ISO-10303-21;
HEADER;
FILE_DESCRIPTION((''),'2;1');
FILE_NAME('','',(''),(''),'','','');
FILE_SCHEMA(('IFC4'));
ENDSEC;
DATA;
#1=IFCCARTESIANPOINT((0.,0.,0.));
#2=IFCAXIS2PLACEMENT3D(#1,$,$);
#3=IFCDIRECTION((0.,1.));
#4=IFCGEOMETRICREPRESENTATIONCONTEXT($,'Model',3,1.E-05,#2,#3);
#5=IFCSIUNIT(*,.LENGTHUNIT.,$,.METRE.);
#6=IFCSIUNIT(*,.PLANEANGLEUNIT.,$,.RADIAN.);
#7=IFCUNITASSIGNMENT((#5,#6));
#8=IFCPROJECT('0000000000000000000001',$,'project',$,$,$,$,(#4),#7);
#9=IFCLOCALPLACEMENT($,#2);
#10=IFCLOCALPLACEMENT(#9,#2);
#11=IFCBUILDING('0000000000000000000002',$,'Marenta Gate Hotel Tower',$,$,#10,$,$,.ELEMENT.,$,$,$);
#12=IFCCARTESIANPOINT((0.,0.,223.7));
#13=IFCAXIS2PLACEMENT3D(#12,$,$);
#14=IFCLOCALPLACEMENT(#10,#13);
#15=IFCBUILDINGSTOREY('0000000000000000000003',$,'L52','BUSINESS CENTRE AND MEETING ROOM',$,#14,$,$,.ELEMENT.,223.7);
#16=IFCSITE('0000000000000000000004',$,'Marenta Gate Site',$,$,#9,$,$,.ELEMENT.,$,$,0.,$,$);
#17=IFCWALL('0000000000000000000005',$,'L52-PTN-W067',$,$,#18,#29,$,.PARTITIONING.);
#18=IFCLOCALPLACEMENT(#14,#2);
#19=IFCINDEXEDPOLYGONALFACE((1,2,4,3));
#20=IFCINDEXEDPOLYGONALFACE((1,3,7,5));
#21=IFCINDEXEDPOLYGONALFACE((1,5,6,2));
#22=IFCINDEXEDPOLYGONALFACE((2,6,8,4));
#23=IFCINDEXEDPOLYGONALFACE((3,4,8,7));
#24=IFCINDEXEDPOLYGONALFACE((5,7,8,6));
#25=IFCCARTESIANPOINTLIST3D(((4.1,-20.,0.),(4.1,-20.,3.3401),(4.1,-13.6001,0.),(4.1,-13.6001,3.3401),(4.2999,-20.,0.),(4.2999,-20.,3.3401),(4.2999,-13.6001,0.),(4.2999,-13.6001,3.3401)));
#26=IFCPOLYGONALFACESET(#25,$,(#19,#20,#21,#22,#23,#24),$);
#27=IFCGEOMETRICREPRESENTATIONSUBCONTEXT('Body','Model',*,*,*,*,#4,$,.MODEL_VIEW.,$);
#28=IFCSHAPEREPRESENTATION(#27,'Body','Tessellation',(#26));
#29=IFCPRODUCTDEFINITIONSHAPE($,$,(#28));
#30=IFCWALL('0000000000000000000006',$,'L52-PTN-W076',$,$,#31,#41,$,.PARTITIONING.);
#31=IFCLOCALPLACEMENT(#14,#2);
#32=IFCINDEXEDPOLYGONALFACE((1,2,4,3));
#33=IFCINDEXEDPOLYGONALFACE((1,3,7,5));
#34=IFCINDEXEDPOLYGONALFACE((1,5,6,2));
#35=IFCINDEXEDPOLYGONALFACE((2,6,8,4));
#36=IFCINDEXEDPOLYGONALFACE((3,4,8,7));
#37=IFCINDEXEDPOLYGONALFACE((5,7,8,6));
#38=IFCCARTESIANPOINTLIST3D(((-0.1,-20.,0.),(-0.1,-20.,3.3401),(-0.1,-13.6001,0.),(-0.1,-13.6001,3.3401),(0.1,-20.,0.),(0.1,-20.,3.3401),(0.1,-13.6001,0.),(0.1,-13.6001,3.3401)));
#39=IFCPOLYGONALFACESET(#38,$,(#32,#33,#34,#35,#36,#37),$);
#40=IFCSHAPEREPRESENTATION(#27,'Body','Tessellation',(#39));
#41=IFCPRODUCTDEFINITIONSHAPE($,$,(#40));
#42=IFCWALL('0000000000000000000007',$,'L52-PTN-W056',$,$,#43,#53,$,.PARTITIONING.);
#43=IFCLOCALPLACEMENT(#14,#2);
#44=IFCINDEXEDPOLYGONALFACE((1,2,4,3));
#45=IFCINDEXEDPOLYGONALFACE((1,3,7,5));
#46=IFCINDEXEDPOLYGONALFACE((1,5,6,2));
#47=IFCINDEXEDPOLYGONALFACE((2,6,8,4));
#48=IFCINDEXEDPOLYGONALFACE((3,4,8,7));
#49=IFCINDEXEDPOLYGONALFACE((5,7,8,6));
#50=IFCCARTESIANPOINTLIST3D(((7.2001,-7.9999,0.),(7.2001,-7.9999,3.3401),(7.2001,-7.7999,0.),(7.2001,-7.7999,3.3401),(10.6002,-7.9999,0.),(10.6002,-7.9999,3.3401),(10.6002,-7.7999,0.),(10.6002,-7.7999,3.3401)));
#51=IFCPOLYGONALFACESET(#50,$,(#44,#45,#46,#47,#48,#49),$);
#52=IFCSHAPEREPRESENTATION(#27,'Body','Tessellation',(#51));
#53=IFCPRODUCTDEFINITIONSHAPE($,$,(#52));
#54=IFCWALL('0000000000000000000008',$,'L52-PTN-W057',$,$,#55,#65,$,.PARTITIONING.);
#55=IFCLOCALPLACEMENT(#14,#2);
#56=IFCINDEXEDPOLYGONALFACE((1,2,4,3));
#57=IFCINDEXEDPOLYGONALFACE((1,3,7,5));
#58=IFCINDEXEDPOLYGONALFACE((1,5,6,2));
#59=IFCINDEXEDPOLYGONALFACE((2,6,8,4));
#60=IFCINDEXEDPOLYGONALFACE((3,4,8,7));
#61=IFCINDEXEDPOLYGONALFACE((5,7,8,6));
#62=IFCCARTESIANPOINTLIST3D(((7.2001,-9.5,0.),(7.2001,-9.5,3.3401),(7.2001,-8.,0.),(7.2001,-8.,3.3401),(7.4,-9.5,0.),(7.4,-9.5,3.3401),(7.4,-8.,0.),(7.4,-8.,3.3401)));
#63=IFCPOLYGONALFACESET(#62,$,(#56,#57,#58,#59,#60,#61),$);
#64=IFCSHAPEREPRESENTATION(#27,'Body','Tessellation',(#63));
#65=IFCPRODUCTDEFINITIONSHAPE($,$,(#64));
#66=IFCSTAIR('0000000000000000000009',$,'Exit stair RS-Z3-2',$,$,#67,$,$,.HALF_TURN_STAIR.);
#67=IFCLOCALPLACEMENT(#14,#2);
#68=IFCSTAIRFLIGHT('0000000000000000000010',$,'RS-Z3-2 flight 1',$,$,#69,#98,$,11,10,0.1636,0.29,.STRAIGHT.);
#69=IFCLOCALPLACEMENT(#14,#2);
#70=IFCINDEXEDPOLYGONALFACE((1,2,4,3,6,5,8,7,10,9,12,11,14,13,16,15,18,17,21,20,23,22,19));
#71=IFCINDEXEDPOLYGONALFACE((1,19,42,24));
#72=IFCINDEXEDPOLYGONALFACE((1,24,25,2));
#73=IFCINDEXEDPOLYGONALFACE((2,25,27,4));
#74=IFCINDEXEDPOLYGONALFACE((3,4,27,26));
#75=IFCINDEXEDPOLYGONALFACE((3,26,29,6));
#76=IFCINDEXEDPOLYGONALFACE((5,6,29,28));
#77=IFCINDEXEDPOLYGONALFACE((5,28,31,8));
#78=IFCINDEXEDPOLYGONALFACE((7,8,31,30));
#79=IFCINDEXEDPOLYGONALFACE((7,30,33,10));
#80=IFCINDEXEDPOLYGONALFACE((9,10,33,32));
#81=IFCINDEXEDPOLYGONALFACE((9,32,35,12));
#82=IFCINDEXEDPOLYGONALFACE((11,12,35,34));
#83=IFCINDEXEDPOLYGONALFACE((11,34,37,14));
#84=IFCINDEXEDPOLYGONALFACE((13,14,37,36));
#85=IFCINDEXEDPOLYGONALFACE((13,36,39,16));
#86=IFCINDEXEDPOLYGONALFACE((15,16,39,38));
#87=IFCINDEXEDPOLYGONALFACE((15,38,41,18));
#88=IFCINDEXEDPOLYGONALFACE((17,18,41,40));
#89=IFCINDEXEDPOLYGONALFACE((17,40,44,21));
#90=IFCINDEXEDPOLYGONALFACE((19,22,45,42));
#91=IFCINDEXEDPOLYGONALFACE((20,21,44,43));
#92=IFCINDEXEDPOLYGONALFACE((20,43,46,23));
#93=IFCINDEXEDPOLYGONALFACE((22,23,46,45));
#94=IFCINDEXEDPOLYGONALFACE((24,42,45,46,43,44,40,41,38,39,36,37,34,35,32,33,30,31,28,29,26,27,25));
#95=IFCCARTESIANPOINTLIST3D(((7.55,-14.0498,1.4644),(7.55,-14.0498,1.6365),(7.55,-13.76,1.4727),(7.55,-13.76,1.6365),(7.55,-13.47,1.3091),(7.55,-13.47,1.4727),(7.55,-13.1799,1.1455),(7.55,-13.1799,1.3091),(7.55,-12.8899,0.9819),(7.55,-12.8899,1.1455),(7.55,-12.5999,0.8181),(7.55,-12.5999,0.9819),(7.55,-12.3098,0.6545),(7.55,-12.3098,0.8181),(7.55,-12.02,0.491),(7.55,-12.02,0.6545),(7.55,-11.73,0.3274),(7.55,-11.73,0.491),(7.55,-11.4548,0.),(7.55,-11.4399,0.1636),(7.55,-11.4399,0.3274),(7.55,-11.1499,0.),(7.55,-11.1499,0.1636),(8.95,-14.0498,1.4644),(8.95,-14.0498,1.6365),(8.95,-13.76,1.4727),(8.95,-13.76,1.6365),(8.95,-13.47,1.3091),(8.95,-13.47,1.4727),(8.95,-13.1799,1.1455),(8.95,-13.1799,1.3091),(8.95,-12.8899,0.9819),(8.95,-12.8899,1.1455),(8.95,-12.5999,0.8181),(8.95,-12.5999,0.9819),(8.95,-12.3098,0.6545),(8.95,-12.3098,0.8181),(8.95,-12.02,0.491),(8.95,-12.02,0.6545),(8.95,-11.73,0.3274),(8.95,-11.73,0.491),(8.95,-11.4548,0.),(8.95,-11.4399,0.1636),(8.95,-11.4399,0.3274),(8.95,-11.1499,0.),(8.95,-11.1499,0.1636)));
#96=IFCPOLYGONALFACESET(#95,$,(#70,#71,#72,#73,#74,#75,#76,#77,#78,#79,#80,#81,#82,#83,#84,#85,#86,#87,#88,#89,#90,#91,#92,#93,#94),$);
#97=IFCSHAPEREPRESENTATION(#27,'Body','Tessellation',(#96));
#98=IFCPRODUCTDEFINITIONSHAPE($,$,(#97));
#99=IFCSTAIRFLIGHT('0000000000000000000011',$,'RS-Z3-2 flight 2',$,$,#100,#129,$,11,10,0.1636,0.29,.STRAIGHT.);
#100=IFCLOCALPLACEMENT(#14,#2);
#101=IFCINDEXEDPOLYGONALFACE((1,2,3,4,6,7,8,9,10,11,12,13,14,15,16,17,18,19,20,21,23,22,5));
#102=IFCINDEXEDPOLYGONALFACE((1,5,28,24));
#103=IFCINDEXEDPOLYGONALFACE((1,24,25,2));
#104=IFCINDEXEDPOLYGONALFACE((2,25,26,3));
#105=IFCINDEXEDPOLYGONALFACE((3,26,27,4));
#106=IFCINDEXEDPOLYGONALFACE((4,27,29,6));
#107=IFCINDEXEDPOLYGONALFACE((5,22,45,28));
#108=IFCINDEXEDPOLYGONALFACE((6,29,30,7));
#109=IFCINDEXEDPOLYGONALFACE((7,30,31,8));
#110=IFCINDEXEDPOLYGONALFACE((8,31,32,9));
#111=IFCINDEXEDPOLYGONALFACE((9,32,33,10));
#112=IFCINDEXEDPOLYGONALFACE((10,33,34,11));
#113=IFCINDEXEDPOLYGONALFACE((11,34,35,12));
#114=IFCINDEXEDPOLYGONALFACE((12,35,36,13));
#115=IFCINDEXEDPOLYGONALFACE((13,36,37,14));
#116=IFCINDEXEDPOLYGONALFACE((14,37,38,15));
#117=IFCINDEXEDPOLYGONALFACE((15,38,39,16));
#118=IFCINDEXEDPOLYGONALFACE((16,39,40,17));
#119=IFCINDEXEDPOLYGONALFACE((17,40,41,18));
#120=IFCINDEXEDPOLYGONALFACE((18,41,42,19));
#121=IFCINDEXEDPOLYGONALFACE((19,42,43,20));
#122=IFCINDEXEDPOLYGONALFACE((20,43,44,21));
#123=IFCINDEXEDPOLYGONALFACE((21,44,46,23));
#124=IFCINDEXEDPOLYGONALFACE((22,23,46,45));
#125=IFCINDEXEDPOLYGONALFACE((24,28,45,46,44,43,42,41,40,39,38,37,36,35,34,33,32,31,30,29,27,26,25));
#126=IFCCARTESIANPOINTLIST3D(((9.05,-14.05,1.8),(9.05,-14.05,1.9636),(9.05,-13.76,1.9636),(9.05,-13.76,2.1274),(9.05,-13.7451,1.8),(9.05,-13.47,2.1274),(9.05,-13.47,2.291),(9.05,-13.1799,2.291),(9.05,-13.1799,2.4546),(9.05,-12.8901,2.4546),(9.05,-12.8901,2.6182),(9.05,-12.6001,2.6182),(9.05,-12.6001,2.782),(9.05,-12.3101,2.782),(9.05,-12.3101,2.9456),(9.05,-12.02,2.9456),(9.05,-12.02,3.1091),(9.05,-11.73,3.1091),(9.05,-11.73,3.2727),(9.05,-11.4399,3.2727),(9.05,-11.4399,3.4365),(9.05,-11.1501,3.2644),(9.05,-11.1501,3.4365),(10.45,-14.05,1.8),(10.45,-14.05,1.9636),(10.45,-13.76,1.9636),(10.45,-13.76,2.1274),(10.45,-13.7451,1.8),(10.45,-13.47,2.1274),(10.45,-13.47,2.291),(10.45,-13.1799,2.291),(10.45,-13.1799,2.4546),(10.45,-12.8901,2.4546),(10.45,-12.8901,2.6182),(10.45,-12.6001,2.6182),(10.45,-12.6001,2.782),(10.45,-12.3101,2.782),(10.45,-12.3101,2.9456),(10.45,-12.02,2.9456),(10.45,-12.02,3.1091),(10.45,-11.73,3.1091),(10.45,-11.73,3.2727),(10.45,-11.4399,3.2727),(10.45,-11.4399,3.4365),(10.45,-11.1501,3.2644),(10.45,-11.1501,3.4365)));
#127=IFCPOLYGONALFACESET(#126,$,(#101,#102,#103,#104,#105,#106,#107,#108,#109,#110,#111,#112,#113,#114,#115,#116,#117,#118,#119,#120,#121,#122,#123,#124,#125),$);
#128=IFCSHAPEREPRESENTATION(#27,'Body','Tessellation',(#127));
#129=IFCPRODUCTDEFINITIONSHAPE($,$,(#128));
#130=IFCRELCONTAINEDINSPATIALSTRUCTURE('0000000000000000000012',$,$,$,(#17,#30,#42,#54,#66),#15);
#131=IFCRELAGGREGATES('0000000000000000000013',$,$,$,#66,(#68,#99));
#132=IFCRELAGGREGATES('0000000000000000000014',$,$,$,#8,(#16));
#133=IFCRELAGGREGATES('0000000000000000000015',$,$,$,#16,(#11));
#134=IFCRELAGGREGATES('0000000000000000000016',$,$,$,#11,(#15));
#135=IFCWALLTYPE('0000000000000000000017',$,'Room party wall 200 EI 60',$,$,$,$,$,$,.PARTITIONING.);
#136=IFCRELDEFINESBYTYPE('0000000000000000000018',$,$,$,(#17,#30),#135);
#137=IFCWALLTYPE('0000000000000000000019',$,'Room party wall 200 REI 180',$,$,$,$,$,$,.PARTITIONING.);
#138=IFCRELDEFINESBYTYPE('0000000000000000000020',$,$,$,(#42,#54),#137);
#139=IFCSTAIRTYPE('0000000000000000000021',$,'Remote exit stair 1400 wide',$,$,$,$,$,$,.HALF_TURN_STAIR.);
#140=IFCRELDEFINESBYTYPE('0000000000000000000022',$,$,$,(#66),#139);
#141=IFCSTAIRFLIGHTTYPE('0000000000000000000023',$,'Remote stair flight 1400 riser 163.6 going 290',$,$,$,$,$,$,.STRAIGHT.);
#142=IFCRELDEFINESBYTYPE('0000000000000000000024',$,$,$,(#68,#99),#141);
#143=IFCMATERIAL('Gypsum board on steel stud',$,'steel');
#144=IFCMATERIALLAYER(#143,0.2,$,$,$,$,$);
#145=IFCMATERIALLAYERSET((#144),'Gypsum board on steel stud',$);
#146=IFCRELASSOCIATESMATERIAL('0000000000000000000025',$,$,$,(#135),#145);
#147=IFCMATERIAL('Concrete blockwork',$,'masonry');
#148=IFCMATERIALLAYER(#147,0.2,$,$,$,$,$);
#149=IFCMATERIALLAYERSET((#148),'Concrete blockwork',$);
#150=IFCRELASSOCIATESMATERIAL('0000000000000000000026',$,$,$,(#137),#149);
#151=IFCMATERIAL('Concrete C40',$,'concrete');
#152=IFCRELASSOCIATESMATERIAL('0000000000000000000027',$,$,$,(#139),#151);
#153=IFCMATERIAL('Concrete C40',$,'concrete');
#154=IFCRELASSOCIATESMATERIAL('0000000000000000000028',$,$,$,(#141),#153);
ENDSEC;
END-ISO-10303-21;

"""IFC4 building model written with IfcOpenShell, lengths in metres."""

from ifc_helpers import new_model, si_unit, direction, frame, frame_2d, origin, place, context, subcontext, project, spatial, polyline, rectangle, outline, extrude, material, layer, layer_set, type_object, element, aggregate, save


model = new_model("IFC4")

# Units and contexts
model_context = context("Model", 3, precision=1e-05, world=origin(), true_north=direction((0.0, 1.0)))
body_context = subcontext(model_context, "Body", "Model", "MODEL_VIEW")
ifc_project = project(units=[si_unit("LENGTHUNIT", "METRE"), si_unit("PLANEANGLEUNIT", "RADIAN")], contexts=[model_context])

# Site, building, storey
site_placement = place(None, origin())
site = spatial("IfcSite", under=ifc_project, at=site_placement, Name="Marenta Gate Site", CompositionType="ELEMENT", RefElevation=0.0)
building_placement = place(site_placement, origin())
building = spatial("IfcBuilding", under=site, at=building_placement, Name="Marenta Gate Hotel Tower", CompositionType="ELEMENT")
storey_placement = place(building_placement, frame((0.0, 0.0, 223.7)))
storey = spatial("IfcBuildingStorey", under=building, at=storey_placement, Name="L52", Description="BUSINESS CENTRE AND MEETING ROOM", CompositionType="ELEMENT", Elevation=223.7)

# Walls
ifc_material_1 = material(Name="Gypsum board on steel stud", Category="steel")
ifc_layer_1 = layer(ifc_material_1, 0.2)
ifc_layer_set_1 = layer_set([ifc_layer_1], Name="Gypsum board on steel stud")
wall_type_1 = type_object("IfcWallType", Name="Room party wall 200 EI 60", PredefinedType="PARTITIONING", material=ifc_layer_set_1)
for number, where, z_axis, x_axis, name in (
    (1, (4.2, -20.0, 0.0), (0.0, 0.0, 1.0), (0.0, 1.0, 0.0), "L52-PTN-W067"),
    (2, (0.0, -20.0, 0.0), (0.0, 0.0, 1.0), (0.0, 1.0, 0.0), "L52-PTN-W076"),
):
    element("IfcWall", number, at=place(storey_placement, frame(where, z_axis=z_axis, x_axis=x_axis)), inside=storey, type_object=wall_type_1, Name=name, PredefinedType="PARTITIONING", context=body_context, shape_type="SweptSolid", body=[
        extrude(rectangle(XDim=6.3999, YDim=0.2, at=frame_2d((3.2, 0.0))), origin(), (0.0, 0.0, 1.0), 3.3401),
    ])
ifc_material_2 = material(Name="Concrete blockwork", Category="masonry")
ifc_layer_2 = layer(ifc_material_2, 0.2)
ifc_layer_set_2 = layer_set([ifc_layer_2], Name="Concrete blockwork")
wall_type_2 = type_object("IfcWallType", Name="Room party wall 200 REI 180", PredefinedType="PARTITIONING", material=ifc_layer_set_2)
wall_1_placement = place(storey_placement, frame((7.2, -7.8999, 0.0), z_axis=(0.0, 0.0, 1.0), x_axis=(1.0, 0.0, 0.0)))
element("IfcWall", 3, at=wall_1_placement, inside=storey, type_object=wall_type_2, Name="L52-PTN-W056", PredefinedType="PARTITIONING", context=body_context, shape_type="SweptSolid", body=[
    extrude(rectangle(XDim=3.4001, YDim=0.2, at=frame_2d((1.7002, 0.0))), origin(), (0.0, 0.0, 1.0), 3.3401),
])
wall_2_placement = place(storey_placement, frame((7.3, -9.5, 0.0), z_axis=(0.0, 0.0, 1.0), x_axis=(0.0, 1.0, 0.0)))
element("IfcWall", 4, at=wall_2_placement, inside=storey, type_object=wall_type_2, Name="L52-PTN-W057", PredefinedType="PARTITIONING", context=body_context, shape_type="SweptSolid", body=[
    extrude(rectangle(XDim=1.5, YDim=0.2, at=frame_2d((0.75, 0.0))), origin(), (0.0, 0.0, 1.0), 3.3401),
])

# Stair, stair flights
ifc_material_3 = material(Name="Concrete C40", Category="concrete")
stair_type = type_object("IfcStairType", Name="Remote exit stair 1400 wide", PredefinedType="HALF_TURN_STAIR", material=ifc_material_3)
stair_placement = place(storey_placement, origin())
stair = element("IfcStair", 5, at=stair_placement, inside=storey, type_object=stair_type, Name="Exit stair RS-Z3-2", PredefinedType="HALF_TURN_STAIR")
ifc_material_4 = material(Name="Concrete C40", Category="concrete")
stair_flight_type = type_object("IfcStairFlightType", Name="Remote stair flight 1400 riser 163.6 going 290", PredefinedType="STRAIGHT", material=ifc_material_4)
stair_flight_1_placement = place(storey_placement, frame((8.25, -11.1499, 0.0), z_axis=(0.0, 0.0, 1.0), x_axis=(0.0, -1.0, 0.0)))
stair_flight_1 = element("IfcStairFlight", 6, at=stair_flight_1_placement, type_object=stair_flight_type, Name="RS-Z3-2 flight 1", NumberOfRisers=11, NumberOfTreads=10, PredefinedType="STRAIGHT", RiserHeight=0.1636, TreadLength=0.29, context=body_context, shape_type="SweptSolid", body=[
    extrude(outline(polyline([(0.0, 0.0), (0.0, 0.1636), (0.29, 0.1636), (0.29, 0.3274), (0.5801, 0.3274), (0.5801, 0.491), (0.8701, 0.491), (0.8701, 0.6545), (1.1599, 0.6545), (1.1599, 0.8181), (1.45, 0.8181), (1.45, 0.9819), (1.74, 0.9819), (1.74, 1.1455), (2.03, 1.1455), (2.03, 1.3091), (2.3201, 1.3091), (2.3201, 1.4727), (2.6101, 1.4727), (2.6101, 1.6365), (2.8999, 1.6365), (2.8999, 1.8), (2.8999, 1.4644), (0.3049, 0.0), (0.0, 0.0)])), frame((0.0, 0.7, 0.0), z_axis=(0.0, -1.0, 0.0), x_axis=(1.0, 0.0, 0.0)), (0.0, 0.0, 1.0), 1.3999),
])
stair_flight_2_placement = place(storey_placement, frame((9.75, -14.05, 1.8), z_axis=(0.0, 0.0, 1.0), x_axis=(0.0, 1.0, 0.0)))
stair_flight_2 = element("IfcStairFlight", 7, at=stair_flight_2_placement, type_object=stair_flight_type, Name="RS-Z3-2 flight 2", NumberOfRisers=11, NumberOfTreads=10, PredefinedType="STRAIGHT", RiserHeight=0.1636, TreadLength=0.29, context=body_context, shape_type="SweptSolid", body=[
    extrude(outline(polyline([(0.0, 0.0), (0.0, 0.1636), (0.29, 0.1636), (0.29, 0.3274), (0.5801, 0.3274), (0.5801, 0.491), (0.8701, 0.491), (0.8701, 0.6545), (1.1599, 0.6545), (1.1599, 0.8181), (1.45, 0.8181), (1.45, 0.9819), (1.74, 0.9819), (1.74, 1.1455), (2.03, 1.1455), (2.03, 1.3091), (2.3201, 1.3091), (2.3201, 1.4727), (2.6101, 1.4727), (2.6101, 1.6365), (2.8999, 1.6365), (2.8999, 1.8), (2.8999, 1.4644), (0.3049, 0.0), (0.0, 0.0)])), frame((0.0, 0.7, 0.0), z_axis=(0.0, -1.0, 0.0), x_axis=(1.0, 0.0, 0.0)), (0.0, 0.0, 1.0), 1.3999),
])
aggregate(stair, [stair_flight_1, stair_flight_2])

save(model, "model.ifc")
